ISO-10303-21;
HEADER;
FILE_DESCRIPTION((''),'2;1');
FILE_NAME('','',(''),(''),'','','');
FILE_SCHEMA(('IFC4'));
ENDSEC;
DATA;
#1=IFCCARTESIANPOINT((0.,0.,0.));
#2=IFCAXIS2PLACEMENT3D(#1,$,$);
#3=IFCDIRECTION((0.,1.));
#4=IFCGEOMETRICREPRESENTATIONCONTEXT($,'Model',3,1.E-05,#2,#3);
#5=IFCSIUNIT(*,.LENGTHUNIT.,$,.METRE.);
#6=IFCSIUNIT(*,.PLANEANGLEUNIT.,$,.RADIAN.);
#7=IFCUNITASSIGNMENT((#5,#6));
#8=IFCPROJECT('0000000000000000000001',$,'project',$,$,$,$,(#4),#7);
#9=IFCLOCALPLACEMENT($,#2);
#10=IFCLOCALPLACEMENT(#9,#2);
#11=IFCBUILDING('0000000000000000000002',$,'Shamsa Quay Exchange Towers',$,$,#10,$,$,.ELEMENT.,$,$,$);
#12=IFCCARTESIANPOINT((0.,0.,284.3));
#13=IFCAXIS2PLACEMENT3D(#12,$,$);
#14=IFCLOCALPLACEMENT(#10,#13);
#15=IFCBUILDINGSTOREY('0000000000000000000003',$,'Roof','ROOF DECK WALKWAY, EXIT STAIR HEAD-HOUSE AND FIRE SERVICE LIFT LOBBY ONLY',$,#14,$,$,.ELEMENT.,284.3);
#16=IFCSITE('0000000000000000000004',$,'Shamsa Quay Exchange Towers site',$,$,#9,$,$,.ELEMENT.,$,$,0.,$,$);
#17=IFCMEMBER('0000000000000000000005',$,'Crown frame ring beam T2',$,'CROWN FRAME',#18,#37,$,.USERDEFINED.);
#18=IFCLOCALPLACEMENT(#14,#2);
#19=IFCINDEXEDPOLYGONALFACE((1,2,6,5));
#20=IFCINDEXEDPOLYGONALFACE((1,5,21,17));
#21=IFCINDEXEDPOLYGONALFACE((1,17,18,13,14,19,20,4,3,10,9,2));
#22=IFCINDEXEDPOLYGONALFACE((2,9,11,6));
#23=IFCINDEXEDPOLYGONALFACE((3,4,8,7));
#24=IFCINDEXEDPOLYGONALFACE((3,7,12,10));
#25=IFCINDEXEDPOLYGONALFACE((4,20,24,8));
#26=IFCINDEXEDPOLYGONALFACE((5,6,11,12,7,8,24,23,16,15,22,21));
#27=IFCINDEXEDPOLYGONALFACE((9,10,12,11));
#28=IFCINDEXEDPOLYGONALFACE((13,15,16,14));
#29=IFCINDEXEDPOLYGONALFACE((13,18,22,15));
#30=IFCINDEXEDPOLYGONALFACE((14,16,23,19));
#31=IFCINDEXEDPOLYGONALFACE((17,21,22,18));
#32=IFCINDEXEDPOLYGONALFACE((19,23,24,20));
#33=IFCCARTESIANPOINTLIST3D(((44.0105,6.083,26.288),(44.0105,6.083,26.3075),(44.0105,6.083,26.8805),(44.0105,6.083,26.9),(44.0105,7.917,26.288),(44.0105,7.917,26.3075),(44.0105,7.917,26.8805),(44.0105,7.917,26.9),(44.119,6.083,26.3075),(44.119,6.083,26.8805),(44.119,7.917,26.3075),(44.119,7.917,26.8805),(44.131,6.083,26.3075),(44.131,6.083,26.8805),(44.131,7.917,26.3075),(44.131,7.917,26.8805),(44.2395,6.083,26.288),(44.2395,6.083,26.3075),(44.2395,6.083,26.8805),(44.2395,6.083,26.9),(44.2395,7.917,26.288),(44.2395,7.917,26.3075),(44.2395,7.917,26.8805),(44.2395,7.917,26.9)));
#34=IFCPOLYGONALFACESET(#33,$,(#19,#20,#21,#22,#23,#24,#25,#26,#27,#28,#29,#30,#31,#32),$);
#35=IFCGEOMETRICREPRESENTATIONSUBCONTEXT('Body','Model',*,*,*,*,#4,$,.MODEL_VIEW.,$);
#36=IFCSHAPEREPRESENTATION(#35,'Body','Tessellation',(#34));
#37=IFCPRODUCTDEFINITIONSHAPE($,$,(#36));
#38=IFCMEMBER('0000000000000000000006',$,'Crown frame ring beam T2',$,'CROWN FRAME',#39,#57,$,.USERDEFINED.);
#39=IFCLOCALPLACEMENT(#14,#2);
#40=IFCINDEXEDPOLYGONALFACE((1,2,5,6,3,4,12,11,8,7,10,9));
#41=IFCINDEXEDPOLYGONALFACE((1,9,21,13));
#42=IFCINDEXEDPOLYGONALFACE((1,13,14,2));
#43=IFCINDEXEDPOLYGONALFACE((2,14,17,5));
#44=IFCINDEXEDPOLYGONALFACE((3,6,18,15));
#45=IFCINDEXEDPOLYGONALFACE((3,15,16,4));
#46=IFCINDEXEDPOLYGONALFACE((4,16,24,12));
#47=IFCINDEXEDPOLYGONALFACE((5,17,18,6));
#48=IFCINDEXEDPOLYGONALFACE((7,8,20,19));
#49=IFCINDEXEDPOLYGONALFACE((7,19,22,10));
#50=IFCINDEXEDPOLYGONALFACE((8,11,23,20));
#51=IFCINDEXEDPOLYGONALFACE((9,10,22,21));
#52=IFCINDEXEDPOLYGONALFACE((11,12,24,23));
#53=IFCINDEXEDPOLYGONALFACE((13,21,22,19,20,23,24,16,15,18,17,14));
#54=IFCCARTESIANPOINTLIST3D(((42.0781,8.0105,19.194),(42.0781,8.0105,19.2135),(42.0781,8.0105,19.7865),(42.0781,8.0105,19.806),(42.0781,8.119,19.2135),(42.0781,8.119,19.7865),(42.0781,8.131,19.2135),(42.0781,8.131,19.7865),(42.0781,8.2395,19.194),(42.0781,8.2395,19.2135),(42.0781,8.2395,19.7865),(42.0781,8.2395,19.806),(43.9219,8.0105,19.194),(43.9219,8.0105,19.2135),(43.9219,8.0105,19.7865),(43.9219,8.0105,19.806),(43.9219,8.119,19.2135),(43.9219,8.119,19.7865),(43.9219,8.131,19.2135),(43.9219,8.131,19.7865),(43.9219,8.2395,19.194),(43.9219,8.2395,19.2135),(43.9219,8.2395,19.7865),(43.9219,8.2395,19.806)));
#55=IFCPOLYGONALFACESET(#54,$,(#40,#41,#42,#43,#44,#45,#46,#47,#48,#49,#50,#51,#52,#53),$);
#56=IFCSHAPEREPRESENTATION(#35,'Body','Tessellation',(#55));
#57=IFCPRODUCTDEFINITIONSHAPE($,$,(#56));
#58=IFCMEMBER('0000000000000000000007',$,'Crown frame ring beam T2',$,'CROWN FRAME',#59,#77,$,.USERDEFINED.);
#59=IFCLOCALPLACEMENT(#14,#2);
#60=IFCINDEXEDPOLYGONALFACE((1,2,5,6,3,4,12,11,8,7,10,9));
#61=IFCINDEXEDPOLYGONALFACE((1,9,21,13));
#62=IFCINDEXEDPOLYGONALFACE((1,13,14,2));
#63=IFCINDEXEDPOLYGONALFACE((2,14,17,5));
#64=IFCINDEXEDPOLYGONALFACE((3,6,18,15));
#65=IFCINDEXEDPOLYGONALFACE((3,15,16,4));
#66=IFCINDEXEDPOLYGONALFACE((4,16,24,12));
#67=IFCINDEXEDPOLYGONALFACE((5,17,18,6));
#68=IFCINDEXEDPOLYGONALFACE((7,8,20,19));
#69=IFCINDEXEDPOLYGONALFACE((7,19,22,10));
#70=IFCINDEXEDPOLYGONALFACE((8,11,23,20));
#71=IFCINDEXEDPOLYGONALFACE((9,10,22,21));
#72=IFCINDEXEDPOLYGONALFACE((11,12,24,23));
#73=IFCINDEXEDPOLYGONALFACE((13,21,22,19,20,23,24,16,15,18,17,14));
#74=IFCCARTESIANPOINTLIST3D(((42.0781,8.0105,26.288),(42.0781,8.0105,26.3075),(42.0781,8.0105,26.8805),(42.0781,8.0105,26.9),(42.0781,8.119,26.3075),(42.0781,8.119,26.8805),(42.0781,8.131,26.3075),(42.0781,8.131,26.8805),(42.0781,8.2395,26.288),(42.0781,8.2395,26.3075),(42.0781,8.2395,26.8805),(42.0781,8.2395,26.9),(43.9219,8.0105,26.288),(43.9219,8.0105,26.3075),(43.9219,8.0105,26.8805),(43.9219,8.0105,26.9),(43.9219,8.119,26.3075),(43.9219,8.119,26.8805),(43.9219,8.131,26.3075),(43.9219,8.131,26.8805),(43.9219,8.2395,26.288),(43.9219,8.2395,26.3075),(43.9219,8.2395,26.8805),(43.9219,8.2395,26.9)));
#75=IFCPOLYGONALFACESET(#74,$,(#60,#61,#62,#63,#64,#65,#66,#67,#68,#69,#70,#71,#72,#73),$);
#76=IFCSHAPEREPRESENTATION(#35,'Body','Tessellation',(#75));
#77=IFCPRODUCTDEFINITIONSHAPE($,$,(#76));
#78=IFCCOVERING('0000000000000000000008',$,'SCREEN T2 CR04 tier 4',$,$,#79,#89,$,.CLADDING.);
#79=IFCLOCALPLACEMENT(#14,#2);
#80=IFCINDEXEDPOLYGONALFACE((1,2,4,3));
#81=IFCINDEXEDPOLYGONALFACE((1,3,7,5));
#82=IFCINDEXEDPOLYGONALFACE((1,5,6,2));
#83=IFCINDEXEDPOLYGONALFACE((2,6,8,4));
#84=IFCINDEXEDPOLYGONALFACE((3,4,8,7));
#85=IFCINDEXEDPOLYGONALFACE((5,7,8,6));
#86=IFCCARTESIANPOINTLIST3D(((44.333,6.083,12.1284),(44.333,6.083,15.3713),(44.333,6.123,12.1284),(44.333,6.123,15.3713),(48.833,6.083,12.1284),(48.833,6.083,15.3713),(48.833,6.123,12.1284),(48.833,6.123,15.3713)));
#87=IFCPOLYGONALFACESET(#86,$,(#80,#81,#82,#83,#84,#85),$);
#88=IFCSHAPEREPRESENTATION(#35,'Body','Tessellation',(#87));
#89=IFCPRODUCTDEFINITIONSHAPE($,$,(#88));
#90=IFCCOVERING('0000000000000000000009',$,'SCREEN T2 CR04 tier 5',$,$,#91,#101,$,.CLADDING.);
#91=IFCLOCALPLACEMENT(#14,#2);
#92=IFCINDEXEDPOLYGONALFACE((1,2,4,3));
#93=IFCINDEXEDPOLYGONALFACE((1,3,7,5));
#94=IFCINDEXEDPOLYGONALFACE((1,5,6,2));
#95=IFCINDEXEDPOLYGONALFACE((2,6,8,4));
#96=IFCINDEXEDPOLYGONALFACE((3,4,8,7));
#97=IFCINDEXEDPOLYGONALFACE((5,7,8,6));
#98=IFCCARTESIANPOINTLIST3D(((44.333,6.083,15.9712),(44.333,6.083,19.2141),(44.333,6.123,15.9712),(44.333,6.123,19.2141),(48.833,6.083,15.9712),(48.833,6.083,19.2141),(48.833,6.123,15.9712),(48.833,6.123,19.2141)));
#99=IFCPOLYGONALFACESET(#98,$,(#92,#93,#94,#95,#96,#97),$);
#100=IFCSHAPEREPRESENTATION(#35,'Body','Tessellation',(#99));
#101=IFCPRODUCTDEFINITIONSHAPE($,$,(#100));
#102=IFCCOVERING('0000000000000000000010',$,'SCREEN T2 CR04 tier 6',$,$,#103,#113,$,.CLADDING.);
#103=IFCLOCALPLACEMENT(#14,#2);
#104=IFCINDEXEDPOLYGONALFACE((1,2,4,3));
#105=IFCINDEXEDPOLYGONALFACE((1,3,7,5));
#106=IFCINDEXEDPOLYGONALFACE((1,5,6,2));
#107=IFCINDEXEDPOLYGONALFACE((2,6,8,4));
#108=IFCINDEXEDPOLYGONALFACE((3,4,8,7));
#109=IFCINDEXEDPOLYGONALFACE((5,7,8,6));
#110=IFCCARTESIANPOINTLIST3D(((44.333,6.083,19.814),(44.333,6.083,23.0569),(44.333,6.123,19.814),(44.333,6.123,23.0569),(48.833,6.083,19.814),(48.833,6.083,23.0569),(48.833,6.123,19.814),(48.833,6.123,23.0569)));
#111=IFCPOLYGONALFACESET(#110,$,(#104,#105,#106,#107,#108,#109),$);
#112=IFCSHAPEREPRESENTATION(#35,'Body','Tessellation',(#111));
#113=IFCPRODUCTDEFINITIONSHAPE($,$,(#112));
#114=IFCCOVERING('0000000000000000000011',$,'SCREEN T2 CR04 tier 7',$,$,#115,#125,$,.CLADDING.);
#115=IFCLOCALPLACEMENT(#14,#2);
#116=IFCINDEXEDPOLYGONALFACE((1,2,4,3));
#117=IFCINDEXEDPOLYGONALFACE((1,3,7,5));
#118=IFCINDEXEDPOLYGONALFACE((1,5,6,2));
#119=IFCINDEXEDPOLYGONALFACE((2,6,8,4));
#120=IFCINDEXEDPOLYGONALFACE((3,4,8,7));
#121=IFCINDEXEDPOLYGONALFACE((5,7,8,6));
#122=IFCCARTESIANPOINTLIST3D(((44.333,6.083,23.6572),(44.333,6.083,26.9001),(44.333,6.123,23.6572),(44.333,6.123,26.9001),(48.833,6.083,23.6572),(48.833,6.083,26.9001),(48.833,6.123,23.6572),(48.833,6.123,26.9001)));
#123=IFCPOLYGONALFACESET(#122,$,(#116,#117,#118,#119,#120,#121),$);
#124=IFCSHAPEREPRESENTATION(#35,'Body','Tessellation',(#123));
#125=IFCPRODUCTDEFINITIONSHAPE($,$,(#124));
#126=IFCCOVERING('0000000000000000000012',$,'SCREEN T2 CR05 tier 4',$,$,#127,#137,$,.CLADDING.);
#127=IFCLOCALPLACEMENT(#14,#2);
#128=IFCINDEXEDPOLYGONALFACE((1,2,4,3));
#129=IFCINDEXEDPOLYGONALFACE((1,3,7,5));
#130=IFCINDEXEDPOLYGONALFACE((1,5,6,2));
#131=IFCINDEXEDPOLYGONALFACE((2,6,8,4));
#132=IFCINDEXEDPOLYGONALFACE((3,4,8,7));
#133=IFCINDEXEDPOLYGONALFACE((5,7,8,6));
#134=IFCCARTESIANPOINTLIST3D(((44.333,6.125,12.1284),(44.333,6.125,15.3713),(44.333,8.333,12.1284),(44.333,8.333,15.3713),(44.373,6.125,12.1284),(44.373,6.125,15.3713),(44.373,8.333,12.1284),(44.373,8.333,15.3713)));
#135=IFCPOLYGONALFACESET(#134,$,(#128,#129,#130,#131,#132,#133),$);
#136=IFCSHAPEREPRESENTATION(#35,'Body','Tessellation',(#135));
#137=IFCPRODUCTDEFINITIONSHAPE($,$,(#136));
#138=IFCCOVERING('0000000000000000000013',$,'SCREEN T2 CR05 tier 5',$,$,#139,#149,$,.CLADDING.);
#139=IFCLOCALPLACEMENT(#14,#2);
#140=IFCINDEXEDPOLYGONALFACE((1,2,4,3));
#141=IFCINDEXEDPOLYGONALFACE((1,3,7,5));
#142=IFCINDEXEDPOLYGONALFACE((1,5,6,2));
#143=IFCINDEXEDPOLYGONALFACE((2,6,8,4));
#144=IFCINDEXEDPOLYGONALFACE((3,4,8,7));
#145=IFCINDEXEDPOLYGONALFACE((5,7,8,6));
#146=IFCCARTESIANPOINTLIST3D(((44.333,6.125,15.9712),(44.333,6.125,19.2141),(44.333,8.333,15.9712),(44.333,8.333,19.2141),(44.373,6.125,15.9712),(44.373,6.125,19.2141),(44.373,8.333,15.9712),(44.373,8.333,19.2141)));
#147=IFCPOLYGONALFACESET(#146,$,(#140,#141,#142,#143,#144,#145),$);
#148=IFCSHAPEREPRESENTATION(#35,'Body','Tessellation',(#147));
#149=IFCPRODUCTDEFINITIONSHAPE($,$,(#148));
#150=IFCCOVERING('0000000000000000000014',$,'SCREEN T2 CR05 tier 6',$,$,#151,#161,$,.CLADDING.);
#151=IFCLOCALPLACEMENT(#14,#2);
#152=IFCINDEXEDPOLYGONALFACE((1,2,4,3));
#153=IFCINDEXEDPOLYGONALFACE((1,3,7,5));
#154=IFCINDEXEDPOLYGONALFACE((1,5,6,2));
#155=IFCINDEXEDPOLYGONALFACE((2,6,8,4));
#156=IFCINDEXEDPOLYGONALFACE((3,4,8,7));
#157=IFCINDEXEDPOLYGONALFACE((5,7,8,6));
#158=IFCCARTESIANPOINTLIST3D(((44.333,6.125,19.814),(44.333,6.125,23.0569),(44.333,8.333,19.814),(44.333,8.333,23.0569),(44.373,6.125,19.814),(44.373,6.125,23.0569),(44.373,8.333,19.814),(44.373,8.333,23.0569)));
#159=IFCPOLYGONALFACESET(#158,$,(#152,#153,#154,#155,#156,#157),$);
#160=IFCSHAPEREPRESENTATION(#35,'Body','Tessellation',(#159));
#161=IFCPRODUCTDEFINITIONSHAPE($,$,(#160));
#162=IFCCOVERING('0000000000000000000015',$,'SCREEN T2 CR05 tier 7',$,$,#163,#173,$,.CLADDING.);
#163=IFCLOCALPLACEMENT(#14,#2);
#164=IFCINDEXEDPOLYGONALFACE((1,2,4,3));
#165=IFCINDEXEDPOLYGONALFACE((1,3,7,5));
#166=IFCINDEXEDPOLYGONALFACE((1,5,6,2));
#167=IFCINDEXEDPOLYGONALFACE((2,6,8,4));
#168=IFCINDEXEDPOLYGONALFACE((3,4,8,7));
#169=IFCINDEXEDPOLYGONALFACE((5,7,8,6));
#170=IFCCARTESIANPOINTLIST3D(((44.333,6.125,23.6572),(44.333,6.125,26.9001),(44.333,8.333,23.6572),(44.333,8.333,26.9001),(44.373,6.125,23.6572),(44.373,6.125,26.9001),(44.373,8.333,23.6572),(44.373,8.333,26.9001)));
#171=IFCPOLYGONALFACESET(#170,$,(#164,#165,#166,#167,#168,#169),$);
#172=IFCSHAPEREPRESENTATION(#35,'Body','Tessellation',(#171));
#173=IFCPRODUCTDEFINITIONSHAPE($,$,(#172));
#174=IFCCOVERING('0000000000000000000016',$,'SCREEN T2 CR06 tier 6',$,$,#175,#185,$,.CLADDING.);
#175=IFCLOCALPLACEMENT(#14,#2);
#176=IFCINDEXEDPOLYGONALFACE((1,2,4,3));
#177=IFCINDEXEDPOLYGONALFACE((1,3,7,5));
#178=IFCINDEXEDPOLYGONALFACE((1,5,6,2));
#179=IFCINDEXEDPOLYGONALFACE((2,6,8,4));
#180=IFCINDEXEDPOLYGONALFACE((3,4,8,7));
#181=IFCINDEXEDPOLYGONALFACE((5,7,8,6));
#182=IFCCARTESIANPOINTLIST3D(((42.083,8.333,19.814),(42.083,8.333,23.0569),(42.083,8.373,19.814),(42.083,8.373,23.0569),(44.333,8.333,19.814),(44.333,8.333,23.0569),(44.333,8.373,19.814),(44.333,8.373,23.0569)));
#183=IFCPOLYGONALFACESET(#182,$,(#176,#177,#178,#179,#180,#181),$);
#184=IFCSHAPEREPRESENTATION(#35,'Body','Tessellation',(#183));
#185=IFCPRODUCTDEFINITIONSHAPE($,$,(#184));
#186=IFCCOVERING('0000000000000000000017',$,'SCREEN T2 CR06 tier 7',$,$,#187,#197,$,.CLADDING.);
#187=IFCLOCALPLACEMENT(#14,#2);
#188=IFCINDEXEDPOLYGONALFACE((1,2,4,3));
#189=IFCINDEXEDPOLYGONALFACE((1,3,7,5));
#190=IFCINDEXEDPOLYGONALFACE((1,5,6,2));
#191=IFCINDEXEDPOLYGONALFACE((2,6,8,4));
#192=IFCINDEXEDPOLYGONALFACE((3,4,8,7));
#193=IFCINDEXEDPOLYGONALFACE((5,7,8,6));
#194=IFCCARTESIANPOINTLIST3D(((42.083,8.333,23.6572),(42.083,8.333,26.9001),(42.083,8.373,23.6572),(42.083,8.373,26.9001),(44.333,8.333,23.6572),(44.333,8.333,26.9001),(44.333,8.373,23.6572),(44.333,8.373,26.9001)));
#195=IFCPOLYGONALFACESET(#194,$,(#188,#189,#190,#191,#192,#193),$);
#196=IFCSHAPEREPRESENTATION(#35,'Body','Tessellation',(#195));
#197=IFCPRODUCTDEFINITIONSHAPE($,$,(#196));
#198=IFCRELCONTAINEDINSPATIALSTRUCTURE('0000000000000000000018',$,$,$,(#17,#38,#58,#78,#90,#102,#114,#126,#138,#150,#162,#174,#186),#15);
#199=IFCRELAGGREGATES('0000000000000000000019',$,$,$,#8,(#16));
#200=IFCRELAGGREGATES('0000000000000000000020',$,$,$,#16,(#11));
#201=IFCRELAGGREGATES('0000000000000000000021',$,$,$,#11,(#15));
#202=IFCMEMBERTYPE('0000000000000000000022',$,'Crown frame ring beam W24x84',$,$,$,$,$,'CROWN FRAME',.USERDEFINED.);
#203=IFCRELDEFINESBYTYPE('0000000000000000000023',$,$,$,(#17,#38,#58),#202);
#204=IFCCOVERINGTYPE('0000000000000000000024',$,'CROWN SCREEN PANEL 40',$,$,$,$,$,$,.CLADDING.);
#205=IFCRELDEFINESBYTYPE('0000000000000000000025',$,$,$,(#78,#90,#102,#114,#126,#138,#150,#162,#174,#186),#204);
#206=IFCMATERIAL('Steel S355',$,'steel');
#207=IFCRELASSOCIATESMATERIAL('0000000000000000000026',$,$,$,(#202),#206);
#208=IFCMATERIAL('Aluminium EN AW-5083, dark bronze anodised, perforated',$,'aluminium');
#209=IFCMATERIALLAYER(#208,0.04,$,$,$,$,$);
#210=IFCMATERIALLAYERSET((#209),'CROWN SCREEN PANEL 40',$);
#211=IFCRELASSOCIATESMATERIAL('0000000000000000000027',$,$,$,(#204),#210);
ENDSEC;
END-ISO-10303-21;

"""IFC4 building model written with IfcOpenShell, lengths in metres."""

from ifc_helpers import new_model, si_unit, direction, frame, origin, origin_2d, place, context, subcontext, project, spatial, rectangle, i_section, extrude, material, layer, layer_set, material_profile, profile_set, type_object, element, save


model = new_model("IFC4")

# Units and contexts
model_context = context("Model", 3, precision=1e-05, world=origin(), true_north=direction((0.0, 1.0)))
body_context = subcontext(model_context, "Body", "Model", "MODEL_VIEW")
ifc_project = project(units=[si_unit("LENGTHUNIT", "METRE"), si_unit("PLANEANGLEUNIT", "RADIAN")], contexts=[model_context])

# Site, building, storey
site_placement = place(None, origin())
site = spatial("IfcSite", under=ifc_project, at=site_placement, Name="Shamsa Quay Exchange Towers site", CompositionType="ELEMENT", RefElevation=0.0)
building_placement = place(site_placement, origin())
building = spatial("IfcBuilding", under=site, at=building_placement, Name="Shamsa Quay Exchange Towers", CompositionType="ELEMENT")
storey_placement = place(building_placement, frame((0.0, 0.0, 284.3)))
storey = spatial("IfcBuildingStorey", under=building, at=storey_placement, Name="Roof", Description="ROOF DECK WALKWAY, EXIT STAIR HEAD-HOUSE AND FIRE SERVICE LIFT LOBBY ONLY", CompositionType="ELEMENT", Elevation=284.3)

# Members
ifc_material_1 = material(Name="Steel S355", Category="steel")
ifc_material_profile_1 = material_profile(ifc_material_1, i_section(OverallWidth=0.229, OverallDepth=0.6121, WebThickness=0.012, FlangeThickness=0.0195, at=origin_2d()), Name="W24x84")
ifc_profile_set_1 = profile_set([ifc_material_profile_1], Name="Steel S355")
member_type_1 = type_object("IfcMemberType", Name="Crown frame ring beam W24x84", ElementType="CROWN FRAME", PredefinedType="USERDEFINED", material=ifc_profile_set_1)
for number, where, z_axis, x_axis, name in (
    (1, (44.125, 6.083, 26.594), (0.0, 1.0, 0.0), (-1.0, 0.0, 0.0), "Crown frame ring beam T2"),
):
    element("IfcMember", number, at=place(storey_placement, frame(where, z_axis=z_axis, x_axis=x_axis)), inside=storey, type_object=member_type_1, Name=name, ObjectType="CROWN FRAME", PredefinedType="USERDEFINED", context=body_context, shape_type="SweptSolid", body=[
        extrude(i_section(OverallWidth=0.229, OverallDepth=0.6121, WebThickness=0.012, FlangeThickness=0.0195, at=origin_2d()), origin(), (0.0, 0.0, 1.0), 1.834),
    ])
for number, where, z_axis, x_axis, name in (
    (2, (43.9219, 8.125, 19.5), (-1.0, 0.0, 0.0), (0.0, -1.0, 0.0), "Crown frame ring beam T2"),
    (3, (43.9219, 8.125, 26.594), (-1.0, 0.0, 0.0), (0.0, -1.0, 0.0), "Crown frame ring beam T2"),
):
    element("IfcMember", number, at=place(storey_placement, frame(where, z_axis=z_axis, x_axis=x_axis)), inside=storey, type_object=member_type_1, Name=name, ObjectType="CROWN FRAME", PredefinedType="USERDEFINED", context=body_context, shape_type="SweptSolid", body=[
        extrude(i_section(OverallWidth=0.229, OverallDepth=0.6121, WebThickness=0.012, FlangeThickness=0.0195, at=origin_2d()), origin(), (0.0, 0.0, 1.0), 1.8438),
    ])

# Coverings
ifc_material_2 = material(Name="Aluminium EN AW-5083, dark bronze anodised, perforated", Category="aluminium")
ifc_layer = layer(ifc_material_2, 0.04)
ifc_layer_set = layer_set([ifc_layer], Name="CROWN SCREEN PANEL 40")
covering_type = type_object("IfcCoveringType", Name="CROWN SCREEN PANEL 40", PredefinedType="CLADDING", material=ifc_layer_set)
for number, where, z_axis, x_axis, name in (
    (4, (46.583, 6.103, 12.1284), (0.0, 0.0, 1.0), (-1.0, 0.0, 0.0), "SCREEN T2 CR04 tier 4"),
    (5, (46.583, 6.103, 15.9712), (0.0, 0.0, 1.0), (-1.0, 0.0, 0.0), "SCREEN T2 CR04 tier 5"),
    (6, (46.583, 6.103, 19.814), (0.0, 0.0, 1.0), (-1.0, 0.0, 0.0), "SCREEN T2 CR04 tier 6"),
    (7, (46.583, 6.103, 23.6572), (0.0, 0.0, 1.0), (-1.0, 0.0, 0.0), "SCREEN T2 CR04 tier 7"),
):
    element("IfcCovering", number, at=place(storey_placement, frame(where, z_axis=z_axis, x_axis=x_axis)), inside=storey, type_object=covering_type, Name=name, PredefinedType="CLADDING", context=body_context, shape_type="SweptSolid", body=[
        extrude(rectangle(XDim=4.5, YDim=0.04, at=origin_2d()), origin(), (0.0, 0.0, 1.0), 3.2429),
    ])
for number, where, z_axis, x_axis, name in (
    (8, (44.353, 7.229, 12.1284), (0.0, 0.0, 1.0), (0.0, 1.0, 0.0), "SCREEN T2 CR05 tier 4"),
    (9, (44.353, 7.229, 15.9712), (0.0, 0.0, 1.0), (0.0, 1.0, 0.0), "SCREEN T2 CR05 tier 5"),
    (10, (44.353, 7.229, 19.814), (0.0, 0.0, 1.0), (0.0, 1.0, 0.0), "SCREEN T2 CR05 tier 6"),
    (11, (44.353, 7.229, 23.6572), (0.0, 0.0, 1.0), (0.0, 1.0, 0.0), "SCREEN T2 CR05 tier 7"),
):
    element("IfcCovering", number, at=place(storey_placement, frame(where, z_axis=z_axis, x_axis=x_axis)), inside=storey, type_object=covering_type, Name=name, PredefinedType="CLADDING", context=body_context, shape_type="SweptSolid", body=[
        extrude(rectangle(XDim=2.208, YDim=0.04, at=origin_2d()), origin(), (0.0, 0.0, 1.0), 3.2429),
    ])
for number, where, z_axis, x_axis, name in (
    (12, (43.208, 8.353, 19.814), (0.0, 0.0, 1.0), (-1.0, 0.0, 0.0), "SCREEN T2 CR06 tier 6"),
    (13, (43.208, 8.353, 23.6572), (0.0, 0.0, 1.0), (-1.0, 0.0, 0.0), "SCREEN T2 CR06 tier 7"),
):
    element("IfcCovering", number, at=place(storey_placement, frame(where, z_axis=z_axis, x_axis=x_axis)), inside=storey, type_object=covering_type, Name=name, PredefinedType="CLADDING", context=body_context, shape_type="SweptSolid", body=[
        extrude(rectangle(XDim=2.25, YDim=0.04, at=origin_2d()), origin(), (0.0, 0.0, 1.0), 3.2429),
    ])

save(model, "model.ifc")
